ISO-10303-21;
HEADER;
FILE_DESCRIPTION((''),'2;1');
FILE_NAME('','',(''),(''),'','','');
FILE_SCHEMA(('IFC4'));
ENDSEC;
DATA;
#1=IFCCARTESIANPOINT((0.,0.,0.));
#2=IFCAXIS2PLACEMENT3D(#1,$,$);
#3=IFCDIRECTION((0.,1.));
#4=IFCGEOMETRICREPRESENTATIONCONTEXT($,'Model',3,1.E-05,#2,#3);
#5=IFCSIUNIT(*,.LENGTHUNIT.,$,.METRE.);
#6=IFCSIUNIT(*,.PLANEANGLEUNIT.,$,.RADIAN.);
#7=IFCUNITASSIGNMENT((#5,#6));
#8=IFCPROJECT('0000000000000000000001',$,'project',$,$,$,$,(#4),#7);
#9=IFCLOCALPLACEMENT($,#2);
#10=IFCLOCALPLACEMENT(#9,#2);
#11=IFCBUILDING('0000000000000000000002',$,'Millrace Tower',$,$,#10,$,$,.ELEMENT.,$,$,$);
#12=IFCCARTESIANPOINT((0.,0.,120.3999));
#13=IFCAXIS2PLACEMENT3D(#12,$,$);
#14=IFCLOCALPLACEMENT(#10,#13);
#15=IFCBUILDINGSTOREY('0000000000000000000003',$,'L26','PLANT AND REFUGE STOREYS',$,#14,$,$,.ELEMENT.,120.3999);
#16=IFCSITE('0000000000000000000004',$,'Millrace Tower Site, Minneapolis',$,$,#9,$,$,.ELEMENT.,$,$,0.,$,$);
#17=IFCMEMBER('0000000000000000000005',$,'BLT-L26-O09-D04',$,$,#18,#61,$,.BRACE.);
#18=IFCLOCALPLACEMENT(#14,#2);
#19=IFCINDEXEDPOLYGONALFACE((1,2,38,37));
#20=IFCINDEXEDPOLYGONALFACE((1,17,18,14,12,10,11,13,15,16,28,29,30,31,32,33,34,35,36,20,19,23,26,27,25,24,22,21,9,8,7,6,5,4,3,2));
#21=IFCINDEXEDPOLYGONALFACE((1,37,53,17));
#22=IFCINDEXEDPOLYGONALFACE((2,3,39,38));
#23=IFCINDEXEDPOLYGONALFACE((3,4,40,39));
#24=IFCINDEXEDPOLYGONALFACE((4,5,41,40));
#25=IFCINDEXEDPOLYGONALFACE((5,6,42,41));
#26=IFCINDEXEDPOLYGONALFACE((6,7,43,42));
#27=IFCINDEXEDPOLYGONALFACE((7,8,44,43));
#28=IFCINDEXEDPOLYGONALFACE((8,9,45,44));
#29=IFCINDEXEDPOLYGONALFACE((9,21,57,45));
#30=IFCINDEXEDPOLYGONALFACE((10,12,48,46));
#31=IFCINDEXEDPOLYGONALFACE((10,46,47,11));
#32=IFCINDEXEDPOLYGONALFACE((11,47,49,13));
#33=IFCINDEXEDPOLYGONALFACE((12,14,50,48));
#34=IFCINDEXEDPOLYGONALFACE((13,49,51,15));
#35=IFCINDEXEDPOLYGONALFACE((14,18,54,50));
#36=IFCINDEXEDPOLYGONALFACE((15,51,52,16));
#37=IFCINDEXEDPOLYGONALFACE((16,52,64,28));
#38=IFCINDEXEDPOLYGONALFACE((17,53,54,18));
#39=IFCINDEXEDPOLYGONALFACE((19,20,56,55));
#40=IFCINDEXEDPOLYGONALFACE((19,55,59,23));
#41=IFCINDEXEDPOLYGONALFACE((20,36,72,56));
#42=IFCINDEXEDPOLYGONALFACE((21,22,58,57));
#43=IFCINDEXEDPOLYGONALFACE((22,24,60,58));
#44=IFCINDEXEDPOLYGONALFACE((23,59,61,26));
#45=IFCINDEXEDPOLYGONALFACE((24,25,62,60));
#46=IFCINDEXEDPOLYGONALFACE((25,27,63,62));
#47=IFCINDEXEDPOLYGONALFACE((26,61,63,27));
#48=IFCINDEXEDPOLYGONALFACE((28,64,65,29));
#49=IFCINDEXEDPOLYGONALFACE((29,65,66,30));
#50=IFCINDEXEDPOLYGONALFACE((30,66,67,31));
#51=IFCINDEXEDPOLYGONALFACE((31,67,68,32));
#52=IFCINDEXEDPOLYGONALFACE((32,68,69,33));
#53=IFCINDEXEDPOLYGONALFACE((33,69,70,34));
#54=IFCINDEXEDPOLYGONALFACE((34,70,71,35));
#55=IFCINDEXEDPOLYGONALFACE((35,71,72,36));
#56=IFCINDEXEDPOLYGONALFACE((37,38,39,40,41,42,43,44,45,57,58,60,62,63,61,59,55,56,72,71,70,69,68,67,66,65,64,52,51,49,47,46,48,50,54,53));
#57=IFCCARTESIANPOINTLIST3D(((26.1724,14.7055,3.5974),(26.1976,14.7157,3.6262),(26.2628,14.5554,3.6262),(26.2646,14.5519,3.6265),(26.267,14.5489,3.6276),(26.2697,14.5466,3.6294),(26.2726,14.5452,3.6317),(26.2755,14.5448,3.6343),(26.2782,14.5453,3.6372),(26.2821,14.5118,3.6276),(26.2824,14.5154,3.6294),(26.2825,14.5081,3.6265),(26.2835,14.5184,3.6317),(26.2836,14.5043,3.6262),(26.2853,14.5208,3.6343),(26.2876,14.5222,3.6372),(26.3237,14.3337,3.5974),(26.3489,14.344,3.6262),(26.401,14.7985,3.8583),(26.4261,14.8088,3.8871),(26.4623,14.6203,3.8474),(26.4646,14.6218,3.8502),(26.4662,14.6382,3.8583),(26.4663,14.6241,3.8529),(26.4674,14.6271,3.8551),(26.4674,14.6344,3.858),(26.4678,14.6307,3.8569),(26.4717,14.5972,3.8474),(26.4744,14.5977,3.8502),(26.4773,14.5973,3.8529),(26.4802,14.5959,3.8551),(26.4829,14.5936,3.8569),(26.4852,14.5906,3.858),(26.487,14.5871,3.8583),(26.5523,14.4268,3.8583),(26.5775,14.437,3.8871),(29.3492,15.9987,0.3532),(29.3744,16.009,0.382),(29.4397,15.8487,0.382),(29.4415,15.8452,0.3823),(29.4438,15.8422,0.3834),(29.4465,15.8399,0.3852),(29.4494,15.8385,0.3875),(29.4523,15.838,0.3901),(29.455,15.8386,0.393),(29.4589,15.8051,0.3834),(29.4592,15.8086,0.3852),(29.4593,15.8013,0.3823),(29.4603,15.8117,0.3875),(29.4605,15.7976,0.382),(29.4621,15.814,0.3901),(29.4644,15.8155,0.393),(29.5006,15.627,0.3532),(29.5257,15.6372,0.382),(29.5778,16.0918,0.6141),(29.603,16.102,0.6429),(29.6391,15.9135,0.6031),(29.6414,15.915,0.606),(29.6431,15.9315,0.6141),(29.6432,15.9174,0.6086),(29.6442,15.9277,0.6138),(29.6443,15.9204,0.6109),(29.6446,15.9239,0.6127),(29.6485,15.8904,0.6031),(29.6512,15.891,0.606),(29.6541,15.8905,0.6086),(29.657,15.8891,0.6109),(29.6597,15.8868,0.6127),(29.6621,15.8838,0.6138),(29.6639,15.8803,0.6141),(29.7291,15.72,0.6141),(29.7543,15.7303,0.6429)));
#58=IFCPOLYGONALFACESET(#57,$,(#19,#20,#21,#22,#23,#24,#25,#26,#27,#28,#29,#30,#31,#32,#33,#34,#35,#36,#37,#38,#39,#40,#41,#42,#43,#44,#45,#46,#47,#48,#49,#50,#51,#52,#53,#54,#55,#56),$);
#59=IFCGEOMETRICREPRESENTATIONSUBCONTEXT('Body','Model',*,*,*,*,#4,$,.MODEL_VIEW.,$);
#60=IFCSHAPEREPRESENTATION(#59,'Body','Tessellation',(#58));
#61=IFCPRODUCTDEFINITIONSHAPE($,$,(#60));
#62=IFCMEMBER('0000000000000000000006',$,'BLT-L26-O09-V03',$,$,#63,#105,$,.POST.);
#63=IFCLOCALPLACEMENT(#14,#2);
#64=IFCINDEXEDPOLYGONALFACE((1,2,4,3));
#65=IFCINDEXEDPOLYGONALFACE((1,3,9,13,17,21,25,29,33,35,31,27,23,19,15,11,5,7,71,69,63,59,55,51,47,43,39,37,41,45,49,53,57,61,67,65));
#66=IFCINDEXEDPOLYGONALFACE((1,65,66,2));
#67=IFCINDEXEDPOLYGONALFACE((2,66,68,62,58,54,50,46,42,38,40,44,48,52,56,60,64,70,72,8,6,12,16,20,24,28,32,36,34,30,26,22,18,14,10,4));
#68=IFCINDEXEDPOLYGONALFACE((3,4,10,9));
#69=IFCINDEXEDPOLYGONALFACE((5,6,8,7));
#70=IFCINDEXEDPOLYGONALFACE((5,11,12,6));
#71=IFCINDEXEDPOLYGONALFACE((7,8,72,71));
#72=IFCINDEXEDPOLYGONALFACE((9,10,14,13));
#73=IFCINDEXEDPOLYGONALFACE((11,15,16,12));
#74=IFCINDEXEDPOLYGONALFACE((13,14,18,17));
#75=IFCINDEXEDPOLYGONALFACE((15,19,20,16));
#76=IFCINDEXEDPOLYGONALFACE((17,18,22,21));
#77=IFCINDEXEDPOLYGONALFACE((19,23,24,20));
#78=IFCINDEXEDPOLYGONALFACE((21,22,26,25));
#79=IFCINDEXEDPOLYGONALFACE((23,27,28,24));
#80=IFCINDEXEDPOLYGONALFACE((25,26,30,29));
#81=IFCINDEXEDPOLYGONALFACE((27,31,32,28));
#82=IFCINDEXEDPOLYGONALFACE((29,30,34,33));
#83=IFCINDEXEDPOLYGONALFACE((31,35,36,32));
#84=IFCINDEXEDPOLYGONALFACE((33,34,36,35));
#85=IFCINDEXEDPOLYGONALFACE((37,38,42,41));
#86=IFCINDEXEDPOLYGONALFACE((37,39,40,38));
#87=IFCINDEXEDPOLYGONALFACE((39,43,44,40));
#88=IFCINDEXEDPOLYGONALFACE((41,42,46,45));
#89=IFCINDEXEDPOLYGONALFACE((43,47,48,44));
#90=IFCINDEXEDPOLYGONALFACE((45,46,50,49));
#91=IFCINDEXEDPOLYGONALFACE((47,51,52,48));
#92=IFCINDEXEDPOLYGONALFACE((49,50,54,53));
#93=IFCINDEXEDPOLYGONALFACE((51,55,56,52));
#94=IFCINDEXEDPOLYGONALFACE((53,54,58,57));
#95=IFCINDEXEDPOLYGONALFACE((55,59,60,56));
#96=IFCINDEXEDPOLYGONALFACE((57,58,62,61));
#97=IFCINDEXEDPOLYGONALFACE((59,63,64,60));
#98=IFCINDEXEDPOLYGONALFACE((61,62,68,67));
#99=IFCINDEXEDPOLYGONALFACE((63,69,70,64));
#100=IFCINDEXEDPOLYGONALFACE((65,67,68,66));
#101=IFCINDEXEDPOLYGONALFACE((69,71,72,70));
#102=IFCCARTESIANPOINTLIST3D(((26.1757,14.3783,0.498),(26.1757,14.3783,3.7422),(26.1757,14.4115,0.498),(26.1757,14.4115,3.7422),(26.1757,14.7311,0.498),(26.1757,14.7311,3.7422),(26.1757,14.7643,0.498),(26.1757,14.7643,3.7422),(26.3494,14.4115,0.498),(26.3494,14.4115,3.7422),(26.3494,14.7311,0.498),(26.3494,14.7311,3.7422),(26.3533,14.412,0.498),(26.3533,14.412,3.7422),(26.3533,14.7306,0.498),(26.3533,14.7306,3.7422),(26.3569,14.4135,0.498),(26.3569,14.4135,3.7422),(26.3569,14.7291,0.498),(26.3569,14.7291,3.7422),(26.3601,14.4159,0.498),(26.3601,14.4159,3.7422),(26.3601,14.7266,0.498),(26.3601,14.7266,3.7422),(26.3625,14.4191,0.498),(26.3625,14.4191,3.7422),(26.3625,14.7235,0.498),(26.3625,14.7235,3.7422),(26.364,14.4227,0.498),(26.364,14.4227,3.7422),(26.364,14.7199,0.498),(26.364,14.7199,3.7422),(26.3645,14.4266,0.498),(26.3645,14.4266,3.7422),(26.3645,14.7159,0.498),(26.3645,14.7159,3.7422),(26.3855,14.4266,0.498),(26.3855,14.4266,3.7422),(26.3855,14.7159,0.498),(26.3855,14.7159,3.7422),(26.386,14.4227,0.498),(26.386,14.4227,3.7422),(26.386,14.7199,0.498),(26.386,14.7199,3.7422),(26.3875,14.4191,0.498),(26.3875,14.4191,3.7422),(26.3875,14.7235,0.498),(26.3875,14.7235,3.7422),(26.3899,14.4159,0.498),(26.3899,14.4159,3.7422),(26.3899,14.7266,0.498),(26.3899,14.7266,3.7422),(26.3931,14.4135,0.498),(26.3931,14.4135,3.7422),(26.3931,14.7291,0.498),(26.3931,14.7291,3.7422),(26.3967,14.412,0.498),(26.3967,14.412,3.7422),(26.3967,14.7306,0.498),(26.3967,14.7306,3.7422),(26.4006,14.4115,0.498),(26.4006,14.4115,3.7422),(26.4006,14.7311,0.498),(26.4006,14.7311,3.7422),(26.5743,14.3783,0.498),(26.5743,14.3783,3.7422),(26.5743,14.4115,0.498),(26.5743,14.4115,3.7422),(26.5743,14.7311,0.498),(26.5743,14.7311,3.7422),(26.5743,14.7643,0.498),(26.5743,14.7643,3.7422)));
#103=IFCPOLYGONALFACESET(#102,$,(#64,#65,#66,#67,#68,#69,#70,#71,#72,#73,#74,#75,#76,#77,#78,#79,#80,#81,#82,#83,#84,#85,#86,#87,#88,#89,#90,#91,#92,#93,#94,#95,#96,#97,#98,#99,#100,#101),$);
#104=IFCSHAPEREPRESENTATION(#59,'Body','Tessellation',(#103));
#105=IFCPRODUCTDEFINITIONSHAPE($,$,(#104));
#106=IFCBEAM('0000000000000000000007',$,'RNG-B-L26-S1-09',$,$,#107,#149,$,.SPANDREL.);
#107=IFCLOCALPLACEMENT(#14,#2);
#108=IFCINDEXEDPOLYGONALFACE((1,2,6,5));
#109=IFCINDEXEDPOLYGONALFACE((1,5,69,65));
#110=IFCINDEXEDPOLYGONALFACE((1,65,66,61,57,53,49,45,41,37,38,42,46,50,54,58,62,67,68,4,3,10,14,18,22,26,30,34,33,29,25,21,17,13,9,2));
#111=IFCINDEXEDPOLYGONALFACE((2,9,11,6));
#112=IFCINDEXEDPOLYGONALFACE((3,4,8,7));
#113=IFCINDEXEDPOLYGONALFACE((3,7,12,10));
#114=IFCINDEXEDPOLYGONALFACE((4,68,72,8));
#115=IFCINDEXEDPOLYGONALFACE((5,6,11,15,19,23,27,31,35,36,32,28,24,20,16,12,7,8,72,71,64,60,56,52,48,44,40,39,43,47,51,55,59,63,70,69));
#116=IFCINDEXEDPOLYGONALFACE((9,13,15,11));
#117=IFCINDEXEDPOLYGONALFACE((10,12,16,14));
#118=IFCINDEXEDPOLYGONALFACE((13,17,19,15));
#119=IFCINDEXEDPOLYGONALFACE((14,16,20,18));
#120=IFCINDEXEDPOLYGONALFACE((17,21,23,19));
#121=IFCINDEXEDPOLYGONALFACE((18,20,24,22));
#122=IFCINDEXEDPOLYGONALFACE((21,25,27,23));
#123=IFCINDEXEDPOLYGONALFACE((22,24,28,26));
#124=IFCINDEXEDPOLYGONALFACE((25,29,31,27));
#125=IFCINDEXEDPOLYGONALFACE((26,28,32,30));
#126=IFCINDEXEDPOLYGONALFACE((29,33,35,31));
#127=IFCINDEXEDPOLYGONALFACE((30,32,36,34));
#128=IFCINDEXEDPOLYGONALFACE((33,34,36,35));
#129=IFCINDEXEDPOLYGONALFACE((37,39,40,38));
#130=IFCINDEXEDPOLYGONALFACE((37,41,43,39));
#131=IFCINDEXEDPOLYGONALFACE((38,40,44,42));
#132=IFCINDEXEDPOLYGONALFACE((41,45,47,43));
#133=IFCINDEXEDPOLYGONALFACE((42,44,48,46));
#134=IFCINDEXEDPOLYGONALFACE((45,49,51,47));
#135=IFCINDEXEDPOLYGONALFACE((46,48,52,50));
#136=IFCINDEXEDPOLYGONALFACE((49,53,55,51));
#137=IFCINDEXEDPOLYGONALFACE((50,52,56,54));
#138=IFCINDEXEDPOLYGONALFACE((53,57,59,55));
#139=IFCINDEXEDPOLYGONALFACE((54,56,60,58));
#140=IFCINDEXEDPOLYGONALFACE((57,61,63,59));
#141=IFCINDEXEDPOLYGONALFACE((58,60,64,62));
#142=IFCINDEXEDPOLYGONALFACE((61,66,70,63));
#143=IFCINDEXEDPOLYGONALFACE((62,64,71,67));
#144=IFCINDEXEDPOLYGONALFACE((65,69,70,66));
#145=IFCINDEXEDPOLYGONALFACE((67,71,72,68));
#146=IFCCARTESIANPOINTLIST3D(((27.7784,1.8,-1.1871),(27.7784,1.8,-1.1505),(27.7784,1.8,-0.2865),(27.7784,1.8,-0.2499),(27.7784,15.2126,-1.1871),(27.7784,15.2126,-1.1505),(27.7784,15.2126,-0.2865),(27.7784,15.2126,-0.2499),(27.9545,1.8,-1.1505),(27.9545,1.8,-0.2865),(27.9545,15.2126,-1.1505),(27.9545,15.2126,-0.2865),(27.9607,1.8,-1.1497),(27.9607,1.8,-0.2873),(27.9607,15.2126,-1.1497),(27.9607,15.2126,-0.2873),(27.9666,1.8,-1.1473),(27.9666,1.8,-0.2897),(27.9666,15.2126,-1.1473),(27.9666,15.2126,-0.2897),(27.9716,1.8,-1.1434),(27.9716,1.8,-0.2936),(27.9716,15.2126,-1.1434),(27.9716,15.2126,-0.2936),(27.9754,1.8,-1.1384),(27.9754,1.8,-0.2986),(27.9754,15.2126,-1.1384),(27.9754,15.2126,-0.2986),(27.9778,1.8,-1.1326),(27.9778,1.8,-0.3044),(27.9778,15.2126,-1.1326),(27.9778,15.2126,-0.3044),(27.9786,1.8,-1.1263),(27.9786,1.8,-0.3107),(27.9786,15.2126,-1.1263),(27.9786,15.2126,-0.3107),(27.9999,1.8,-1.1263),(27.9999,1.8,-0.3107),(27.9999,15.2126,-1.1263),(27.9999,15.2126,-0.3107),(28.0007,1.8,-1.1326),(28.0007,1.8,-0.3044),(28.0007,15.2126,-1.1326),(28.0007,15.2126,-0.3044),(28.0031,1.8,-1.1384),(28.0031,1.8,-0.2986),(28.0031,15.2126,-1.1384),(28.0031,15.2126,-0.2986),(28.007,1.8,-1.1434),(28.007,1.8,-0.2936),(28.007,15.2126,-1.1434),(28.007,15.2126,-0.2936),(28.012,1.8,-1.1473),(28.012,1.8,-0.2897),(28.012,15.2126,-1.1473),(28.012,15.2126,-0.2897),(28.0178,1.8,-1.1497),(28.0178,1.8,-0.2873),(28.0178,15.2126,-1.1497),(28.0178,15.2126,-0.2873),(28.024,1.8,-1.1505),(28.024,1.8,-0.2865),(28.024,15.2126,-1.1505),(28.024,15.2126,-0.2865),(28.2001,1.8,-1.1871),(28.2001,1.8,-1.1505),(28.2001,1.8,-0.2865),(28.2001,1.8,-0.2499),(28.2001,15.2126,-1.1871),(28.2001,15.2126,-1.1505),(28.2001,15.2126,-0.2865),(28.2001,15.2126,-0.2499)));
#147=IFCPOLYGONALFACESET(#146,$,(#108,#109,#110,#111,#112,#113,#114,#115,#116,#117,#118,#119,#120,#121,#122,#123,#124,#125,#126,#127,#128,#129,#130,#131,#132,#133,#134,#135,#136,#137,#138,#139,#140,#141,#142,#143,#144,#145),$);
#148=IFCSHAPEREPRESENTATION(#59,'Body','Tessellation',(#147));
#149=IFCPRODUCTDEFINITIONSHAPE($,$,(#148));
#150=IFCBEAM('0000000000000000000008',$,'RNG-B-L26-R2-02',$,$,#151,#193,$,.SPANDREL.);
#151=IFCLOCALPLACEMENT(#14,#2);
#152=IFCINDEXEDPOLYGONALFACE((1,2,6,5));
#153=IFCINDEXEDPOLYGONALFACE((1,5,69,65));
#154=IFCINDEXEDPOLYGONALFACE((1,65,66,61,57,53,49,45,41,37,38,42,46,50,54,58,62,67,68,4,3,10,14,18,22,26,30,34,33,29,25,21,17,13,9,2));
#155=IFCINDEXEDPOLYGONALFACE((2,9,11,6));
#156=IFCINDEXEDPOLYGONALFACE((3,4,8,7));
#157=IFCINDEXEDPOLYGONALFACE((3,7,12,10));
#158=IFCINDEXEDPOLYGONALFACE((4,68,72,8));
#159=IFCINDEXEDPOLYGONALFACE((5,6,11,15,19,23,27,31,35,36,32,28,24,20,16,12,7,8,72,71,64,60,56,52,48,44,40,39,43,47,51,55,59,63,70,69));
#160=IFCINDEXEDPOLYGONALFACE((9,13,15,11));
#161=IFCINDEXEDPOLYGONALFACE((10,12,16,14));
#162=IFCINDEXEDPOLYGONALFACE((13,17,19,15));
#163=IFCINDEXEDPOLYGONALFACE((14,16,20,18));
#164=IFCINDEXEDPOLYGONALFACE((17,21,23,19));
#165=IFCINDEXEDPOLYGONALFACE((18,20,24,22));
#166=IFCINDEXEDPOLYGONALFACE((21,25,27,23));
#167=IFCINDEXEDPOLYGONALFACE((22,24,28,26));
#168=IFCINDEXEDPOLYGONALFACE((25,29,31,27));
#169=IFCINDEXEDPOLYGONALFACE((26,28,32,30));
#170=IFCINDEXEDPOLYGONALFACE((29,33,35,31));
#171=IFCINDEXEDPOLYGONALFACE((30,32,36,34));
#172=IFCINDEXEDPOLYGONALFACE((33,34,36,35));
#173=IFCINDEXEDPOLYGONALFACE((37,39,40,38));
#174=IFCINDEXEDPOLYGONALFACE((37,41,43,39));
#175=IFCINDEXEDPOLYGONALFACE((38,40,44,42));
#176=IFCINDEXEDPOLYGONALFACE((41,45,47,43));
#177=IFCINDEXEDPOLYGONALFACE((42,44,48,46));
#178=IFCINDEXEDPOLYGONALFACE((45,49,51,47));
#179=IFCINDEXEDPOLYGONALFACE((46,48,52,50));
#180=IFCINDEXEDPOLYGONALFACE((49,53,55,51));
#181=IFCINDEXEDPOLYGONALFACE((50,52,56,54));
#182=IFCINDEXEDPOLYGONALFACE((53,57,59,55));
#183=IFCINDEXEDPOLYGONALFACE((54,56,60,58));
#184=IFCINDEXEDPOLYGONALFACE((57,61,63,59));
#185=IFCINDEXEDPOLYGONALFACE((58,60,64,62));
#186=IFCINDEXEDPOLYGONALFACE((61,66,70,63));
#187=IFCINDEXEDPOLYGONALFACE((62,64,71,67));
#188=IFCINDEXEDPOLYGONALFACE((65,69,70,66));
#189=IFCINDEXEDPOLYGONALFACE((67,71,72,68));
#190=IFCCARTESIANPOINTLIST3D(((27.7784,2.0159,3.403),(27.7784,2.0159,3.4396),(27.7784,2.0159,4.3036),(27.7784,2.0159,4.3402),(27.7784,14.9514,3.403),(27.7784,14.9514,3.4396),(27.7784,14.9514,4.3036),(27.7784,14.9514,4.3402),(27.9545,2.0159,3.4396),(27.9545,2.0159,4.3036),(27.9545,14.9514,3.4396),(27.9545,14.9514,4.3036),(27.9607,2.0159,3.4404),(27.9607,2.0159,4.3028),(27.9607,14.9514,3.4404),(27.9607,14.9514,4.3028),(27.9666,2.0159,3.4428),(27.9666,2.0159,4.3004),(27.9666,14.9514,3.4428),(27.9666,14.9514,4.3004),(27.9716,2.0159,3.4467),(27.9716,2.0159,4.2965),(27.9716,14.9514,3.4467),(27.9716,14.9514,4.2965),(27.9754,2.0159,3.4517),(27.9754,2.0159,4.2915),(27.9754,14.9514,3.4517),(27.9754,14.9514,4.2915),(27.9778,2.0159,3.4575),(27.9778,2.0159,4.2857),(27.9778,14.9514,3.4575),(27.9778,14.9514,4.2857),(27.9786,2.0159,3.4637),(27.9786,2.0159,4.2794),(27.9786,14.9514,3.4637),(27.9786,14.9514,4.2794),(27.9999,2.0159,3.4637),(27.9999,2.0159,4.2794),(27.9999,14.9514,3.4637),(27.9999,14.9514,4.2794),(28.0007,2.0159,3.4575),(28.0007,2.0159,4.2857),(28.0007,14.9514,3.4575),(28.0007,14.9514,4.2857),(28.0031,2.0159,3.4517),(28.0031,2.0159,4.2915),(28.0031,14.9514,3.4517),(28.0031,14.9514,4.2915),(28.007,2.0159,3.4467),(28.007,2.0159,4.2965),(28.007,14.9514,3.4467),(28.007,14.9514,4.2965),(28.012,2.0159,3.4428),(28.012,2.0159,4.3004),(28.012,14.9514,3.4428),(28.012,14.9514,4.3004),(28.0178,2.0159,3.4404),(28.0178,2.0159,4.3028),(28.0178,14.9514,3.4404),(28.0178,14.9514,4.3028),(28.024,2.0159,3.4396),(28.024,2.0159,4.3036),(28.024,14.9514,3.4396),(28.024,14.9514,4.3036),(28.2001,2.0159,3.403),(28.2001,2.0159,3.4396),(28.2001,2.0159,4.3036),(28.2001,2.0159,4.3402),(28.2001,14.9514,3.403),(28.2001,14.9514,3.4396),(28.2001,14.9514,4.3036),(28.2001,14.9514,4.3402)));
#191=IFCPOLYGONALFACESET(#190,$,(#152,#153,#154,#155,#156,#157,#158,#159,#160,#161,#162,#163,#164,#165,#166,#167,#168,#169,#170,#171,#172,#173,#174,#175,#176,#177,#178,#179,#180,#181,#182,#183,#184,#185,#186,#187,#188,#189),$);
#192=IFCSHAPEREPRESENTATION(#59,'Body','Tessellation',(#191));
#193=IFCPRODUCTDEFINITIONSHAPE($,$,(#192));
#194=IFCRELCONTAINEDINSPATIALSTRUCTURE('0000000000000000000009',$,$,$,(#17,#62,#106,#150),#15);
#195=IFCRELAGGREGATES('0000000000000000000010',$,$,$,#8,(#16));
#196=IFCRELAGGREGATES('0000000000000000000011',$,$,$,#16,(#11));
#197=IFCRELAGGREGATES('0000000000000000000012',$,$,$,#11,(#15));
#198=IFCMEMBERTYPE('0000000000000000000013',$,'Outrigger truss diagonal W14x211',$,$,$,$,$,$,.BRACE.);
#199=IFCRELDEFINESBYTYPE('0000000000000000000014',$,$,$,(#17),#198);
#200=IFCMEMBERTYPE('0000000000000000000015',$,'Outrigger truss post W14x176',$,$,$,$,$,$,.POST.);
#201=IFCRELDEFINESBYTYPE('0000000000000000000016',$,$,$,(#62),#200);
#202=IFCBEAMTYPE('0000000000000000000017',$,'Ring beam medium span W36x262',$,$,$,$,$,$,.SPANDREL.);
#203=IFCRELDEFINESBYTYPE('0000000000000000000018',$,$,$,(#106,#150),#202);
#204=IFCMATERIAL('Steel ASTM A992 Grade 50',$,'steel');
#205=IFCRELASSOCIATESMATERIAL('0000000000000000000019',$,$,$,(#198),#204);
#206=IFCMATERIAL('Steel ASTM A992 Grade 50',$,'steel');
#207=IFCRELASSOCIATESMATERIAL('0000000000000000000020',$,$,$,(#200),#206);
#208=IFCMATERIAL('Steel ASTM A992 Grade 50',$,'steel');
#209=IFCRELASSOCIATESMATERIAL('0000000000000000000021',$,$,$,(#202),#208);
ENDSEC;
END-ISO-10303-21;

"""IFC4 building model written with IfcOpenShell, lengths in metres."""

from ifc_helpers import new_model, si_unit, direction, frame, origin, origin_2d, place, context, subcontext, project, spatial, i_section, extrude, material, material_profile, profile_set, type_object, element, save


model = new_model("IFC4")

# Units and contexts
model_context = context("Model", 3, precision=1e-05, world=origin(), true_north=direction((0.0, 1.0)))
body_context = subcontext(model_context, "Body", "Model", "MODEL_VIEW")
ifc_project = project(units=[si_unit("LENGTHUNIT", "METRE"), si_unit("PLANEANGLEUNIT", "RADIAN")], contexts=[model_context])

# Site, building, storey
site_placement = place(None, origin())
site = spatial("IfcSite", under=ifc_project, at=site_placement, Name="Millrace Tower Site, Minneapolis", CompositionType="ELEMENT", RefElevation=0.0)
building_placement = place(site_placement, origin())
building = spatial("IfcBuilding", under=site, at=building_placement, Name="Millrace Tower", CompositionType="ELEMENT")
storey_placement = place(building_placement, frame((0.0, 0.0, 120.3999)))
storey = spatial("IfcBuildingStorey", under=building, at=storey_placement, Name="L26", Description="PLANT AND REFUGE STOREYS", CompositionType="ELEMENT", Elevation=120.3999)

# Members
ifc_material_1 = material(Name="Steel ASTM A992 Grade 50", Category="steel")
ifc_material_profile_1 = material_profile(ifc_material_1, i_section(OverallWidth=0.4014, OverallDepth=0.3987, WebThickness=0.0249, FlangeThickness=0.0396, FilletRadius=0.0151, at=origin_2d()))
ifc_profile_set_1 = profile_set([ifc_material_profile_1], Name="Steel ASTM A992 Grade 50")
member_type_1 = type_object("IfcMemberType", Name="Outrigger truss diagonal W14x211", PredefinedType="BRACE", material=ifc_profile_set_1)
member_1_placement = place(storey_placement, frame((29.5518, 15.8645, 0.498), z_axis=(-0.672887, -0.273923, 0.68716), x_axis=(0.377041, -0.926196, 0.0)))
element("IfcMember", 1, at=member_1_placement, inside=storey, type_object=member_type_1, Name="BLT-L26-O09-D04", PredefinedType="BRACE", context=body_context, shape_type="SweptSolid", body=[
    extrude(i_section(OverallWidth=0.4014, OverallDepth=0.3987, WebThickness=0.0249, FlangeThickness=0.0396, FilletRadius=0.0151, at=origin_2d()), origin(), (0.0, 0.0, 1.0), 4.7212),
])
ifc_material_2 = material(Name="Steel ASTM A992 Grade 50", Category="steel")
ifc_material_profile_2 = material_profile(ifc_material_2, i_section(OverallWidth=0.3987, OverallDepth=0.386, WebThickness=0.021, FlangeThickness=0.0332, FilletRadius=0.0151, at=origin_2d()))
ifc_profile_set_2 = profile_set([ifc_material_profile_2], Name="Steel ASTM A992 Grade 50")
member_type_2 = type_object("IfcMemberType", Name="Outrigger truss post W14x176", PredefinedType="POST", material=ifc_profile_set_2)
member_2_placement = place(storey_placement, frame((26.375, 14.5713, 0.498), z_axis=(0.0, 0.0, 1.0), x_axis=(1.0, 0.0, 0.0)))
element("IfcMember", 2, at=member_2_placement, inside=storey, type_object=member_type_2, Name="BLT-L26-O09-V03", PredefinedType="POST", context=body_context, shape_type="SweptSolid", body=[
    extrude(i_section(OverallWidth=0.3987, OverallDepth=0.386, WebThickness=0.021, FlangeThickness=0.0332, FilletRadius=0.0151, at=origin_2d()), origin(), (0.0, 0.0, 1.0), 3.2441),
])

# Beams
ifc_material_3 = material(Name="Steel ASTM A992 Grade 50", Category="steel")
ifc_material_profile_3 = material_profile(ifc_material_3, i_section(OverallWidth=0.4216, OverallDepth=0.9373, WebThickness=0.0212, FlangeThickness=0.0366, FilletRadius=0.0242, at=origin_2d()))
ifc_profile_set_3 = profile_set([ifc_material_profile_3], Name="Steel ASTM A992 Grade 50")
beam_type_1 = type_object("IfcBeamType", Name="Ring beam medium span W36x262", PredefinedType="SPANDREL", material=ifc_profile_set_3)
beam_1_placement = place(storey_placement, frame((27.9893, 15.2126, -0.7185), z_axis=(0.0, -1.0, 0.0), x_axis=(1.0, 0.0, 0.0)))
element("IfcBeam", 3, at=beam_1_placement, inside=storey, type_object=beam_type_1, Name="RNG-B-L26-S1-09", PredefinedType="SPANDREL", context=body_context, shape_type="SweptSolid", body=[
    extrude(i_section(OverallWidth=0.4216, OverallDepth=0.9373, WebThickness=0.0212, FlangeThickness=0.0366, FilletRadius=0.0242, at=origin_2d()), origin(), (0.0, 0.0, 1.0), 13.4126),
])
beam_2_placement = place(storey_placement, frame((27.9893, 14.9514, 3.8716), z_axis=(0.0, -1.0, 0.0), x_axis=(1.0, 0.0, 0.0)))
element("IfcBeam", 4, at=beam_2_placement, inside=storey, type_object=beam_type_1, Name="RNG-B-L26-R2-02", PredefinedType="SPANDREL", context=body_context, shape_type="SweptSolid", body=[
    extrude(i_section(OverallWidth=0.4216, OverallDepth=0.9373, WebThickness=0.0212, FlangeThickness=0.0366, FilletRadius=0.0242, at=origin_2d()), origin(), (0.0, 0.0, 1.0), 12.9355),
])

save(model, "model.ifc")
